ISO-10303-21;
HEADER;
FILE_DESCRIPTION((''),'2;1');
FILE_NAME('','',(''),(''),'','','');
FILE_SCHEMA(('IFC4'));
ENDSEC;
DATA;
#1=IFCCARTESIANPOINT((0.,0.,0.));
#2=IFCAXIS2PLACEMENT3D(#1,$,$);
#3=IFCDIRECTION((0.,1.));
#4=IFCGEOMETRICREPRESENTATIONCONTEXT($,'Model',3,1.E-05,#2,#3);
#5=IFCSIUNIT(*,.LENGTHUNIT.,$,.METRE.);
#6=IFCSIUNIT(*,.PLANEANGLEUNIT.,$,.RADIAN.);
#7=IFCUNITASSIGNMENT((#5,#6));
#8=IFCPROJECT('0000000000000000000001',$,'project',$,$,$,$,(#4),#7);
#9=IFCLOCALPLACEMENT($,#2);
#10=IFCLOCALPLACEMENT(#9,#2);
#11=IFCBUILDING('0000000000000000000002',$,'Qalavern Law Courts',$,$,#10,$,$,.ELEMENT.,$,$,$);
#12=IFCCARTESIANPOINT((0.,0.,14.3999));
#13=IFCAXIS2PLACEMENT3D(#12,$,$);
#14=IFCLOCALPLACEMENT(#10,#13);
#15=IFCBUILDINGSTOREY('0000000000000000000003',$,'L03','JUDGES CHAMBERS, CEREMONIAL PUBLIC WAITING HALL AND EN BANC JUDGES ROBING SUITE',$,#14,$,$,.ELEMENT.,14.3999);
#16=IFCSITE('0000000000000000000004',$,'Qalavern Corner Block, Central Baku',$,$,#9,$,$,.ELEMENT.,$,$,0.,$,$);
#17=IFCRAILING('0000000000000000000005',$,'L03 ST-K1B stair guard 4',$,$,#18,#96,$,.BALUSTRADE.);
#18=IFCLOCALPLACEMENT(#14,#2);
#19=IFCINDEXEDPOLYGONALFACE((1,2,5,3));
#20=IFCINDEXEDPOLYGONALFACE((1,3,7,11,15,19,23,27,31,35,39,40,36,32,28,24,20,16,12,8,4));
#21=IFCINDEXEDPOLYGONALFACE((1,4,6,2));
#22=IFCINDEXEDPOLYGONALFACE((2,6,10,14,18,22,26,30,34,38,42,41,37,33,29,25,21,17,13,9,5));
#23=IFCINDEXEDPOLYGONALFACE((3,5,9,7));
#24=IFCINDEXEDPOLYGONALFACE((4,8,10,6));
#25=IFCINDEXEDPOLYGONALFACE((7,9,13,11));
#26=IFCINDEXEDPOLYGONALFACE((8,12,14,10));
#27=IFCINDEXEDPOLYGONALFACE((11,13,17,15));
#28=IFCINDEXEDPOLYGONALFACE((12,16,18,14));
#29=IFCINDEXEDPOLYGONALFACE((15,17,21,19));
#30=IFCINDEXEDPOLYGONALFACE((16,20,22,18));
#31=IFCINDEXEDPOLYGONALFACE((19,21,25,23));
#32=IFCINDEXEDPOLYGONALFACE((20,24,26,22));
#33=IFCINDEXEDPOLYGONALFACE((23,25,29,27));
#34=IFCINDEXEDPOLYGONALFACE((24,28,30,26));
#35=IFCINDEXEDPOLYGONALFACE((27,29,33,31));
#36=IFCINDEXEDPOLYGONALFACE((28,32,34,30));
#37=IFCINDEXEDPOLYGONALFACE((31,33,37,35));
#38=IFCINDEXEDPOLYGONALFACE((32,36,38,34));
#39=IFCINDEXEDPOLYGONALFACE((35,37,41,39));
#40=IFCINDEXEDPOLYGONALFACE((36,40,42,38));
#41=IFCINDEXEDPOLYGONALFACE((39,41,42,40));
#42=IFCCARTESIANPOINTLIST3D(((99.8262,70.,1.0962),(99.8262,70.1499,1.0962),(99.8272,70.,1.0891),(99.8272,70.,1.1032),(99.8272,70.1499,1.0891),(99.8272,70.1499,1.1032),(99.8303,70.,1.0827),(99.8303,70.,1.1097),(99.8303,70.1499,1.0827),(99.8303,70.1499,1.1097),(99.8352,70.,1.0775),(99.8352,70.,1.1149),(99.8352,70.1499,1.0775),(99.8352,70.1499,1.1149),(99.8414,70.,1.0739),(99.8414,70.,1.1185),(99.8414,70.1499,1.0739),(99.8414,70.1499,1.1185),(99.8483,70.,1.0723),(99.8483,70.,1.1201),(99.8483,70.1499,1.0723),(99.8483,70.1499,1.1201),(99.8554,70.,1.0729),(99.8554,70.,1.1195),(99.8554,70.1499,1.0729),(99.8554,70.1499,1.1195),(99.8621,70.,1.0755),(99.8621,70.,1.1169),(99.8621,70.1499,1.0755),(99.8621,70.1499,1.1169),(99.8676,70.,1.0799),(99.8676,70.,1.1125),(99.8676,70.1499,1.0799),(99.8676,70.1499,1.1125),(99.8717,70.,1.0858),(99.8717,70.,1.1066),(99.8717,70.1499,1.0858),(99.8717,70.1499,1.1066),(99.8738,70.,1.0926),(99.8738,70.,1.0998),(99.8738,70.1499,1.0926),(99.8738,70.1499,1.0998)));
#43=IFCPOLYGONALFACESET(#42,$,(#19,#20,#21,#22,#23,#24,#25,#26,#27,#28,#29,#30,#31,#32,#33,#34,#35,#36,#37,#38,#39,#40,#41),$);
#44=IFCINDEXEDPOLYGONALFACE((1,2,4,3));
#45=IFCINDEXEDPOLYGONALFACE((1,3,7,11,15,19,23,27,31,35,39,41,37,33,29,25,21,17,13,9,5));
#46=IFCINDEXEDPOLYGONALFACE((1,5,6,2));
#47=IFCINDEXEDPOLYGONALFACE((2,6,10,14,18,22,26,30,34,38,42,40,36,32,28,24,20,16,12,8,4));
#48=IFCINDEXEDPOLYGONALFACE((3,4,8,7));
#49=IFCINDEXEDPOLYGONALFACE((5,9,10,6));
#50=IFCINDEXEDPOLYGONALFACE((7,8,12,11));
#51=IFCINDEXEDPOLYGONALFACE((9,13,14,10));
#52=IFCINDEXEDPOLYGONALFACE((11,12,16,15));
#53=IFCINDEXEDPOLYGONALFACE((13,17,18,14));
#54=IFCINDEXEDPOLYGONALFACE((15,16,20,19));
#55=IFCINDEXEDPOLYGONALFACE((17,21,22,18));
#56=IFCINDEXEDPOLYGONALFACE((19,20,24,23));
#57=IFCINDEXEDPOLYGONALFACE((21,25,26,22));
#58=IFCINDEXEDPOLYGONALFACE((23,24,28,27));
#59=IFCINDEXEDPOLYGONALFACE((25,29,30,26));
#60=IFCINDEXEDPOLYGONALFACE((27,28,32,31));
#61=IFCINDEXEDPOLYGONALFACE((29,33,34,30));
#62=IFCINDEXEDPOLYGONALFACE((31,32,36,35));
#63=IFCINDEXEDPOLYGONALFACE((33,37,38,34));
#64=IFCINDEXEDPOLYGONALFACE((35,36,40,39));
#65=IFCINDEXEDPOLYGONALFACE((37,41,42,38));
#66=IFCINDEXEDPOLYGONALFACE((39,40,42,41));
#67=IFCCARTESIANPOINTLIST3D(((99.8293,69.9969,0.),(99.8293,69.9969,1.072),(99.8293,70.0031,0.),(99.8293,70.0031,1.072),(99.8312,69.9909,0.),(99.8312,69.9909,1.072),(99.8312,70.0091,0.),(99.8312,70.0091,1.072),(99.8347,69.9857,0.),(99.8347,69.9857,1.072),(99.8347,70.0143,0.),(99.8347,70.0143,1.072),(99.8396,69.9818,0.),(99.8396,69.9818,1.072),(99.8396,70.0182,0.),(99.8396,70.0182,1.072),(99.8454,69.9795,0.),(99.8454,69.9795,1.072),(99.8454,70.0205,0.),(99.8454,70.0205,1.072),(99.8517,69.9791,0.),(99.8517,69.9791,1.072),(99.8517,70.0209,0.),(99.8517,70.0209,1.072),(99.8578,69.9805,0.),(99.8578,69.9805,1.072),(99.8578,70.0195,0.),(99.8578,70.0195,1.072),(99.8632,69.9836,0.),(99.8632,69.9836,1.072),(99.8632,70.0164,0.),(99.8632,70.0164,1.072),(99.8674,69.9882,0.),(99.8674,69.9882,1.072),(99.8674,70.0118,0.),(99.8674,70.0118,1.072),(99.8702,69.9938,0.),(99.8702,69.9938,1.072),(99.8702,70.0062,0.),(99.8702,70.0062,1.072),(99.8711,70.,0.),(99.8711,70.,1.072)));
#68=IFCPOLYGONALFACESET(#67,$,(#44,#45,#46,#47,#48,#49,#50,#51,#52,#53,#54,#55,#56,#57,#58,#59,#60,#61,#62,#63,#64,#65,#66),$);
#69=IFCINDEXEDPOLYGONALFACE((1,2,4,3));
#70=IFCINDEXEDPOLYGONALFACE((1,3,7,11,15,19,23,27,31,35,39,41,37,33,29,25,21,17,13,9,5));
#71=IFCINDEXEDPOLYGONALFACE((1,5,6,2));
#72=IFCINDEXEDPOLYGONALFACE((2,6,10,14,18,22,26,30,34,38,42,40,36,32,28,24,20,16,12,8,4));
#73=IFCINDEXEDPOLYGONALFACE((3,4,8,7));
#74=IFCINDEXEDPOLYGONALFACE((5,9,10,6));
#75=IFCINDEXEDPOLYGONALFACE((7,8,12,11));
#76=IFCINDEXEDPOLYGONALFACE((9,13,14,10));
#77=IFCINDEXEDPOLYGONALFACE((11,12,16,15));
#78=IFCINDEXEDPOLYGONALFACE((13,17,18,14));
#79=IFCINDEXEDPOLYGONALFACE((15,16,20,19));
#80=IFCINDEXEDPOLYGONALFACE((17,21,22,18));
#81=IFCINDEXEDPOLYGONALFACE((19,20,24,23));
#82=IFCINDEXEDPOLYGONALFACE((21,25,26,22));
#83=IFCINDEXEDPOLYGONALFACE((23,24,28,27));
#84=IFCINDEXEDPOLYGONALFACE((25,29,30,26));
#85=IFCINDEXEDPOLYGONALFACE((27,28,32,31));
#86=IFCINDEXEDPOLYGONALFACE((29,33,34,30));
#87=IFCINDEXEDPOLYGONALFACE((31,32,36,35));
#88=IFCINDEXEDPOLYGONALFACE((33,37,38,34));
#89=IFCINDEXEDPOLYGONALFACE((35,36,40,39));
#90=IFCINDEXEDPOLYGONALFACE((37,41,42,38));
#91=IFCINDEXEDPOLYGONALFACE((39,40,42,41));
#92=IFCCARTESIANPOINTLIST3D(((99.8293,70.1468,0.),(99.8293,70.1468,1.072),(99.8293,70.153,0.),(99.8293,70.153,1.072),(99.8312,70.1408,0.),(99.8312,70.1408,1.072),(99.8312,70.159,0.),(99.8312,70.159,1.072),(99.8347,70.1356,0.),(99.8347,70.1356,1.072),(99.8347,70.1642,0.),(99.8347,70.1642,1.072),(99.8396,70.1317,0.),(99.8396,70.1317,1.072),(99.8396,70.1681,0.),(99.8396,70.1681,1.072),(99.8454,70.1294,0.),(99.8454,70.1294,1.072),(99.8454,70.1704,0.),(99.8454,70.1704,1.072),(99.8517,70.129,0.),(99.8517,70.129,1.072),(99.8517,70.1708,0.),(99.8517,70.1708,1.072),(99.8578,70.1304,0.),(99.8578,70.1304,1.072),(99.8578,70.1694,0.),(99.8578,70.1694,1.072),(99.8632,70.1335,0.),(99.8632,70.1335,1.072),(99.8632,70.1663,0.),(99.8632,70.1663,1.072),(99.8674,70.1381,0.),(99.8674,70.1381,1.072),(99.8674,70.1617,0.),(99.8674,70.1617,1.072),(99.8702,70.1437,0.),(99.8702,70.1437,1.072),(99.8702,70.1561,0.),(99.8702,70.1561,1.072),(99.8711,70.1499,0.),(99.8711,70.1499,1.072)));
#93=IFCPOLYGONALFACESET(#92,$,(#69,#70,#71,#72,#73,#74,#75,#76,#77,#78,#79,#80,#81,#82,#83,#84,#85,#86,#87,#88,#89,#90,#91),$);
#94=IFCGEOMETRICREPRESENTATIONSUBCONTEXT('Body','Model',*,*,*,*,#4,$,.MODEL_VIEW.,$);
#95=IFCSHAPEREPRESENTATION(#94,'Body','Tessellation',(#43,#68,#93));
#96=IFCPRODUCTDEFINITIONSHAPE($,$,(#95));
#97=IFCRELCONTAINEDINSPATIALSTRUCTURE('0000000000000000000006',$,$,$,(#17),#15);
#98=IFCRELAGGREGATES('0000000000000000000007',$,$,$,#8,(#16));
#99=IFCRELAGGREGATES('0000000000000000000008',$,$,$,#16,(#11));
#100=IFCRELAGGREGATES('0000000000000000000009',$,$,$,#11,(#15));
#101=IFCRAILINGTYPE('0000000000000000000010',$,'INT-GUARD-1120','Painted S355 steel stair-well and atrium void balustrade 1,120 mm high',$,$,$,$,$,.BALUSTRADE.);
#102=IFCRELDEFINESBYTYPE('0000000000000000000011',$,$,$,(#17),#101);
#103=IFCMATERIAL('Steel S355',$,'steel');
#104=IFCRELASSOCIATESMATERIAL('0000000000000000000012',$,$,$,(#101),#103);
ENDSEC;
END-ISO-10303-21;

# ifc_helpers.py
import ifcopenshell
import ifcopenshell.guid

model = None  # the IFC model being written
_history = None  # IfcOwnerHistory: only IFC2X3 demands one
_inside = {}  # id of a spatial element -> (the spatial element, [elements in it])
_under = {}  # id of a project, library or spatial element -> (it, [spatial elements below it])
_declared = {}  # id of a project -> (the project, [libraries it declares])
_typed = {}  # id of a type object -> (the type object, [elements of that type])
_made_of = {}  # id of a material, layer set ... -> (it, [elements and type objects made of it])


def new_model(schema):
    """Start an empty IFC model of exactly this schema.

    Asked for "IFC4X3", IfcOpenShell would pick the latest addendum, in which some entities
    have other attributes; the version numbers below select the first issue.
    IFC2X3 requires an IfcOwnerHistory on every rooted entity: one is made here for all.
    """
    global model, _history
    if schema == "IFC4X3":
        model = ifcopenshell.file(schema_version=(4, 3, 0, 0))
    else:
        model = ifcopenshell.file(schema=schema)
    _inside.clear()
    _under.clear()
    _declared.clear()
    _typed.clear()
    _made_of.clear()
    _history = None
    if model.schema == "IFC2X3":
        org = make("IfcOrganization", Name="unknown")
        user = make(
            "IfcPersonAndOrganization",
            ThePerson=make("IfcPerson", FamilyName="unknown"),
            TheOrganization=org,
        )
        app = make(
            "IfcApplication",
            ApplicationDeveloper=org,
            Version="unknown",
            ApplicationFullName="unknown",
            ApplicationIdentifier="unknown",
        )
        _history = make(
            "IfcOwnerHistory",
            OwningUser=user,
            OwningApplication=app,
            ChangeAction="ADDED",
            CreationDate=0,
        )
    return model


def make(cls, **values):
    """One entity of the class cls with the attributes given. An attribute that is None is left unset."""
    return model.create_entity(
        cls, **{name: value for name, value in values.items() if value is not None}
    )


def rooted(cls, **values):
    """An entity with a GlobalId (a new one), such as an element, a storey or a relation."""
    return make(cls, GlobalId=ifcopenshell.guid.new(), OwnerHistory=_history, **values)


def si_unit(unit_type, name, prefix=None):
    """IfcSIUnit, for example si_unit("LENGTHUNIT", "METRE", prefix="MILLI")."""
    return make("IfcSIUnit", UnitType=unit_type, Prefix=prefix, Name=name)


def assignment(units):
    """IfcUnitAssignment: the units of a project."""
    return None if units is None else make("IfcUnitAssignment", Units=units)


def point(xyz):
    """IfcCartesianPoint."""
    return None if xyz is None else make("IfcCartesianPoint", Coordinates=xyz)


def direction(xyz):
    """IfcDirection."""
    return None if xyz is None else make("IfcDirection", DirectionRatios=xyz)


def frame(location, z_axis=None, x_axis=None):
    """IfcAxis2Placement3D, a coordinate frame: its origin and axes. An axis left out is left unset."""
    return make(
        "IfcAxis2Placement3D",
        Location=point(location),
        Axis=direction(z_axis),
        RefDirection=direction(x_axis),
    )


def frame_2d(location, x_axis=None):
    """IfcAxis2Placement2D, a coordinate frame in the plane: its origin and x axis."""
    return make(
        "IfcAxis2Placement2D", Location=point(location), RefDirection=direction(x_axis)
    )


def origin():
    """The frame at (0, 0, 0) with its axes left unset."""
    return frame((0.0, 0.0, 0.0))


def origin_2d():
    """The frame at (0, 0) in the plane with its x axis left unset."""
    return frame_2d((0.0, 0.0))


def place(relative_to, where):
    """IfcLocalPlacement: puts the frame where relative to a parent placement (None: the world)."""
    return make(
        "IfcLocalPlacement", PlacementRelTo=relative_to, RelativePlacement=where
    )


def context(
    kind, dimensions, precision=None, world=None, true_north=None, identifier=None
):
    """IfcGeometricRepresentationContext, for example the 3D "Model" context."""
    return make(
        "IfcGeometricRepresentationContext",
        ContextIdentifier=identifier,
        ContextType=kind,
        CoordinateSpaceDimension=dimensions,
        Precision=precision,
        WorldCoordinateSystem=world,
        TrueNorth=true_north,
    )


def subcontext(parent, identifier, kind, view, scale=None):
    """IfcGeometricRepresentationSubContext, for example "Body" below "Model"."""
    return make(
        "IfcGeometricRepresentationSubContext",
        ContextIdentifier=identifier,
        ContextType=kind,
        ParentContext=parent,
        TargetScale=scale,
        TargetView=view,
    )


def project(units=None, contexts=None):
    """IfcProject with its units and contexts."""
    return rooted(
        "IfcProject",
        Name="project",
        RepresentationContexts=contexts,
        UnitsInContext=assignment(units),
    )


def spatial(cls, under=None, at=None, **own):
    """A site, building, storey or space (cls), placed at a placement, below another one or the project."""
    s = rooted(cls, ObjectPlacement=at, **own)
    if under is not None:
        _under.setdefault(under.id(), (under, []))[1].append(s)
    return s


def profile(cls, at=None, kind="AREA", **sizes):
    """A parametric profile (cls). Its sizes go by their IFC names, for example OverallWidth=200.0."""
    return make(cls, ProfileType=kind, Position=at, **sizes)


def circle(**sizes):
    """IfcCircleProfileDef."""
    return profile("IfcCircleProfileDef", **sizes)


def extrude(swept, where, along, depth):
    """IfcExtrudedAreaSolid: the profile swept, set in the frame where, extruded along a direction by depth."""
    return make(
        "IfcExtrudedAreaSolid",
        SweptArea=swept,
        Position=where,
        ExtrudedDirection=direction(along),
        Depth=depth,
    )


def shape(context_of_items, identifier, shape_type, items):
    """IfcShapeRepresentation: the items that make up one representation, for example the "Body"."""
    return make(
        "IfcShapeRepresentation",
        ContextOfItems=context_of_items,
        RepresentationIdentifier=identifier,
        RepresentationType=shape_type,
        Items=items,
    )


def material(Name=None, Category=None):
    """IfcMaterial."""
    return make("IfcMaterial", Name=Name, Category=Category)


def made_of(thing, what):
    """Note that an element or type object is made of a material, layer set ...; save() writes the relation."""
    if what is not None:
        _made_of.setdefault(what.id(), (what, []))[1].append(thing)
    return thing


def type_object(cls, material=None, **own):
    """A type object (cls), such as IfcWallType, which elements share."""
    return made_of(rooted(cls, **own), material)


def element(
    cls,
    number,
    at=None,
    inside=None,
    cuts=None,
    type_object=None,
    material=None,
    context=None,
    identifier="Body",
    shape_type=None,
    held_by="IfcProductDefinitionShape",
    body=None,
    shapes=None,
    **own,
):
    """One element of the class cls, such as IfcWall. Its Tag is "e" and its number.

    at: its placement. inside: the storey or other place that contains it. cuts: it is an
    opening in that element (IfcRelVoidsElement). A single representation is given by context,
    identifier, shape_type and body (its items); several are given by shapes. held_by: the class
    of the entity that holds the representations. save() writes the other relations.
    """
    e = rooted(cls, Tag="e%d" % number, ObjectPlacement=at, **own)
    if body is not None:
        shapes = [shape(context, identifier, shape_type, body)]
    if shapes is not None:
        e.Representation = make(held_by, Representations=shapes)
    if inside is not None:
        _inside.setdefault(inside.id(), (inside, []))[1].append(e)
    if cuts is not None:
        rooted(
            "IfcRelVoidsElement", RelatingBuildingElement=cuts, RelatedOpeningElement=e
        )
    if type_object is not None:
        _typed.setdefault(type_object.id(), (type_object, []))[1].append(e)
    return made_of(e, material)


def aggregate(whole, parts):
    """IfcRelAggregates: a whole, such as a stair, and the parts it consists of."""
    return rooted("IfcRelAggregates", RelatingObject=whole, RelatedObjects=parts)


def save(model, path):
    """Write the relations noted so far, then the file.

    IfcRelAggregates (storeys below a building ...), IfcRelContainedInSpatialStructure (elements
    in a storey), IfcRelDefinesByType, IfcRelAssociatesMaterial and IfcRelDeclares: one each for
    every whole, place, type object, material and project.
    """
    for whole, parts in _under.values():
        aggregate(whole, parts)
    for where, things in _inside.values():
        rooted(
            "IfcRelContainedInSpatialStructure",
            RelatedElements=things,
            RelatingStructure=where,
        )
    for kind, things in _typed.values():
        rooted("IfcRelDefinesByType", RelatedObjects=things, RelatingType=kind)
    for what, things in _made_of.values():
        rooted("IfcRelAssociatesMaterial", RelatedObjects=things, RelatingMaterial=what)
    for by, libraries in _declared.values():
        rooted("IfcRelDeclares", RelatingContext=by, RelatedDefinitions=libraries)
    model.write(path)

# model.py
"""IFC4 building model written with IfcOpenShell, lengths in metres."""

from ifc_helpers import new_model, si_unit, direction, frame, origin, origin_2d, place, context, subcontext, project, spatial, circle, extrude, material, type_object, element, save


model = new_model("IFC4")

# Units and contexts
model_context = context("Model", 3, precision=1e-05, world=origin(), true_north=direction((0.0, 1.0)))
body_context = subcontext(model_context, "Body", "Model", "MODEL_VIEW")
ifc_project = project(units=[si_unit("LENGTHUNIT", "METRE"), si_unit("PLANEANGLEUNIT", "RADIAN")], contexts=[model_context])

# Site, building, storey
site_placement = place(None, origin())
site = spatial("IfcSite", under=ifc_project, at=site_placement, Name="Qalavern Corner Block, Central Baku", CompositionType="ELEMENT", RefElevation=0.0)
building_placement = place(site_placement, origin())
building = spatial("IfcBuilding", under=site, at=building_placement, Name="Qalavern Law Courts", CompositionType="ELEMENT")
storey_placement = place(building_placement, frame((0.0, 0.0, 14.3999)))
storey = spatial("IfcBuildingStorey", under=building, at=storey_placement, Name="L03", Description="JUDGES CHAMBERS, CEREMONIAL PUBLIC WAITING HALL AND EN BANC JUDGES ROBING SUITE", CompositionType="ELEMENT", Elevation=14.3999)

# Shared definitions
ifc_material_1 = material(Name="Steel S355", Category="steel")

# Railing
railing_type_1 = type_object("IfcRailingType", Name="INT-GUARD-1120", Description="Painted S355 steel stair-well and atrium void balustrade 1,120 mm high", PredefinedType="BALUSTRADE", material=ifc_material_1)
railing_1_placement = place(storey_placement, frame((99.8501, 70.0, 0.0)))
element("IfcRailing", 1, at=railing_1_placement, inside=storey, type_object=railing_type_1, Name="L03 ST-K1B stair guard 4", PredefinedType="BALUSTRADE", context=body_context, shape_type="SweptSolid", body=[
    extrude(circle(Radius=0.0239, at=origin_2d()), frame((0.0, 0.0, 1.0962), z_axis=(0.0, 1.0, 0.0), x_axis=(-1.0, 0.0, 0.0)), (0.0, 0.0, 1.0), 0.1499),
    extrude(circle(Radius=0.021, at=origin_2d()), origin(), (0.0, 0.0, 1.0), 1.072),
    extrude(circle(Radius=0.021, at=origin_2d()), frame((0.0, 0.1499, 0.0)), (0.0, 0.0, 1.0), 1.072),
])

save(model, "model.ifc")
